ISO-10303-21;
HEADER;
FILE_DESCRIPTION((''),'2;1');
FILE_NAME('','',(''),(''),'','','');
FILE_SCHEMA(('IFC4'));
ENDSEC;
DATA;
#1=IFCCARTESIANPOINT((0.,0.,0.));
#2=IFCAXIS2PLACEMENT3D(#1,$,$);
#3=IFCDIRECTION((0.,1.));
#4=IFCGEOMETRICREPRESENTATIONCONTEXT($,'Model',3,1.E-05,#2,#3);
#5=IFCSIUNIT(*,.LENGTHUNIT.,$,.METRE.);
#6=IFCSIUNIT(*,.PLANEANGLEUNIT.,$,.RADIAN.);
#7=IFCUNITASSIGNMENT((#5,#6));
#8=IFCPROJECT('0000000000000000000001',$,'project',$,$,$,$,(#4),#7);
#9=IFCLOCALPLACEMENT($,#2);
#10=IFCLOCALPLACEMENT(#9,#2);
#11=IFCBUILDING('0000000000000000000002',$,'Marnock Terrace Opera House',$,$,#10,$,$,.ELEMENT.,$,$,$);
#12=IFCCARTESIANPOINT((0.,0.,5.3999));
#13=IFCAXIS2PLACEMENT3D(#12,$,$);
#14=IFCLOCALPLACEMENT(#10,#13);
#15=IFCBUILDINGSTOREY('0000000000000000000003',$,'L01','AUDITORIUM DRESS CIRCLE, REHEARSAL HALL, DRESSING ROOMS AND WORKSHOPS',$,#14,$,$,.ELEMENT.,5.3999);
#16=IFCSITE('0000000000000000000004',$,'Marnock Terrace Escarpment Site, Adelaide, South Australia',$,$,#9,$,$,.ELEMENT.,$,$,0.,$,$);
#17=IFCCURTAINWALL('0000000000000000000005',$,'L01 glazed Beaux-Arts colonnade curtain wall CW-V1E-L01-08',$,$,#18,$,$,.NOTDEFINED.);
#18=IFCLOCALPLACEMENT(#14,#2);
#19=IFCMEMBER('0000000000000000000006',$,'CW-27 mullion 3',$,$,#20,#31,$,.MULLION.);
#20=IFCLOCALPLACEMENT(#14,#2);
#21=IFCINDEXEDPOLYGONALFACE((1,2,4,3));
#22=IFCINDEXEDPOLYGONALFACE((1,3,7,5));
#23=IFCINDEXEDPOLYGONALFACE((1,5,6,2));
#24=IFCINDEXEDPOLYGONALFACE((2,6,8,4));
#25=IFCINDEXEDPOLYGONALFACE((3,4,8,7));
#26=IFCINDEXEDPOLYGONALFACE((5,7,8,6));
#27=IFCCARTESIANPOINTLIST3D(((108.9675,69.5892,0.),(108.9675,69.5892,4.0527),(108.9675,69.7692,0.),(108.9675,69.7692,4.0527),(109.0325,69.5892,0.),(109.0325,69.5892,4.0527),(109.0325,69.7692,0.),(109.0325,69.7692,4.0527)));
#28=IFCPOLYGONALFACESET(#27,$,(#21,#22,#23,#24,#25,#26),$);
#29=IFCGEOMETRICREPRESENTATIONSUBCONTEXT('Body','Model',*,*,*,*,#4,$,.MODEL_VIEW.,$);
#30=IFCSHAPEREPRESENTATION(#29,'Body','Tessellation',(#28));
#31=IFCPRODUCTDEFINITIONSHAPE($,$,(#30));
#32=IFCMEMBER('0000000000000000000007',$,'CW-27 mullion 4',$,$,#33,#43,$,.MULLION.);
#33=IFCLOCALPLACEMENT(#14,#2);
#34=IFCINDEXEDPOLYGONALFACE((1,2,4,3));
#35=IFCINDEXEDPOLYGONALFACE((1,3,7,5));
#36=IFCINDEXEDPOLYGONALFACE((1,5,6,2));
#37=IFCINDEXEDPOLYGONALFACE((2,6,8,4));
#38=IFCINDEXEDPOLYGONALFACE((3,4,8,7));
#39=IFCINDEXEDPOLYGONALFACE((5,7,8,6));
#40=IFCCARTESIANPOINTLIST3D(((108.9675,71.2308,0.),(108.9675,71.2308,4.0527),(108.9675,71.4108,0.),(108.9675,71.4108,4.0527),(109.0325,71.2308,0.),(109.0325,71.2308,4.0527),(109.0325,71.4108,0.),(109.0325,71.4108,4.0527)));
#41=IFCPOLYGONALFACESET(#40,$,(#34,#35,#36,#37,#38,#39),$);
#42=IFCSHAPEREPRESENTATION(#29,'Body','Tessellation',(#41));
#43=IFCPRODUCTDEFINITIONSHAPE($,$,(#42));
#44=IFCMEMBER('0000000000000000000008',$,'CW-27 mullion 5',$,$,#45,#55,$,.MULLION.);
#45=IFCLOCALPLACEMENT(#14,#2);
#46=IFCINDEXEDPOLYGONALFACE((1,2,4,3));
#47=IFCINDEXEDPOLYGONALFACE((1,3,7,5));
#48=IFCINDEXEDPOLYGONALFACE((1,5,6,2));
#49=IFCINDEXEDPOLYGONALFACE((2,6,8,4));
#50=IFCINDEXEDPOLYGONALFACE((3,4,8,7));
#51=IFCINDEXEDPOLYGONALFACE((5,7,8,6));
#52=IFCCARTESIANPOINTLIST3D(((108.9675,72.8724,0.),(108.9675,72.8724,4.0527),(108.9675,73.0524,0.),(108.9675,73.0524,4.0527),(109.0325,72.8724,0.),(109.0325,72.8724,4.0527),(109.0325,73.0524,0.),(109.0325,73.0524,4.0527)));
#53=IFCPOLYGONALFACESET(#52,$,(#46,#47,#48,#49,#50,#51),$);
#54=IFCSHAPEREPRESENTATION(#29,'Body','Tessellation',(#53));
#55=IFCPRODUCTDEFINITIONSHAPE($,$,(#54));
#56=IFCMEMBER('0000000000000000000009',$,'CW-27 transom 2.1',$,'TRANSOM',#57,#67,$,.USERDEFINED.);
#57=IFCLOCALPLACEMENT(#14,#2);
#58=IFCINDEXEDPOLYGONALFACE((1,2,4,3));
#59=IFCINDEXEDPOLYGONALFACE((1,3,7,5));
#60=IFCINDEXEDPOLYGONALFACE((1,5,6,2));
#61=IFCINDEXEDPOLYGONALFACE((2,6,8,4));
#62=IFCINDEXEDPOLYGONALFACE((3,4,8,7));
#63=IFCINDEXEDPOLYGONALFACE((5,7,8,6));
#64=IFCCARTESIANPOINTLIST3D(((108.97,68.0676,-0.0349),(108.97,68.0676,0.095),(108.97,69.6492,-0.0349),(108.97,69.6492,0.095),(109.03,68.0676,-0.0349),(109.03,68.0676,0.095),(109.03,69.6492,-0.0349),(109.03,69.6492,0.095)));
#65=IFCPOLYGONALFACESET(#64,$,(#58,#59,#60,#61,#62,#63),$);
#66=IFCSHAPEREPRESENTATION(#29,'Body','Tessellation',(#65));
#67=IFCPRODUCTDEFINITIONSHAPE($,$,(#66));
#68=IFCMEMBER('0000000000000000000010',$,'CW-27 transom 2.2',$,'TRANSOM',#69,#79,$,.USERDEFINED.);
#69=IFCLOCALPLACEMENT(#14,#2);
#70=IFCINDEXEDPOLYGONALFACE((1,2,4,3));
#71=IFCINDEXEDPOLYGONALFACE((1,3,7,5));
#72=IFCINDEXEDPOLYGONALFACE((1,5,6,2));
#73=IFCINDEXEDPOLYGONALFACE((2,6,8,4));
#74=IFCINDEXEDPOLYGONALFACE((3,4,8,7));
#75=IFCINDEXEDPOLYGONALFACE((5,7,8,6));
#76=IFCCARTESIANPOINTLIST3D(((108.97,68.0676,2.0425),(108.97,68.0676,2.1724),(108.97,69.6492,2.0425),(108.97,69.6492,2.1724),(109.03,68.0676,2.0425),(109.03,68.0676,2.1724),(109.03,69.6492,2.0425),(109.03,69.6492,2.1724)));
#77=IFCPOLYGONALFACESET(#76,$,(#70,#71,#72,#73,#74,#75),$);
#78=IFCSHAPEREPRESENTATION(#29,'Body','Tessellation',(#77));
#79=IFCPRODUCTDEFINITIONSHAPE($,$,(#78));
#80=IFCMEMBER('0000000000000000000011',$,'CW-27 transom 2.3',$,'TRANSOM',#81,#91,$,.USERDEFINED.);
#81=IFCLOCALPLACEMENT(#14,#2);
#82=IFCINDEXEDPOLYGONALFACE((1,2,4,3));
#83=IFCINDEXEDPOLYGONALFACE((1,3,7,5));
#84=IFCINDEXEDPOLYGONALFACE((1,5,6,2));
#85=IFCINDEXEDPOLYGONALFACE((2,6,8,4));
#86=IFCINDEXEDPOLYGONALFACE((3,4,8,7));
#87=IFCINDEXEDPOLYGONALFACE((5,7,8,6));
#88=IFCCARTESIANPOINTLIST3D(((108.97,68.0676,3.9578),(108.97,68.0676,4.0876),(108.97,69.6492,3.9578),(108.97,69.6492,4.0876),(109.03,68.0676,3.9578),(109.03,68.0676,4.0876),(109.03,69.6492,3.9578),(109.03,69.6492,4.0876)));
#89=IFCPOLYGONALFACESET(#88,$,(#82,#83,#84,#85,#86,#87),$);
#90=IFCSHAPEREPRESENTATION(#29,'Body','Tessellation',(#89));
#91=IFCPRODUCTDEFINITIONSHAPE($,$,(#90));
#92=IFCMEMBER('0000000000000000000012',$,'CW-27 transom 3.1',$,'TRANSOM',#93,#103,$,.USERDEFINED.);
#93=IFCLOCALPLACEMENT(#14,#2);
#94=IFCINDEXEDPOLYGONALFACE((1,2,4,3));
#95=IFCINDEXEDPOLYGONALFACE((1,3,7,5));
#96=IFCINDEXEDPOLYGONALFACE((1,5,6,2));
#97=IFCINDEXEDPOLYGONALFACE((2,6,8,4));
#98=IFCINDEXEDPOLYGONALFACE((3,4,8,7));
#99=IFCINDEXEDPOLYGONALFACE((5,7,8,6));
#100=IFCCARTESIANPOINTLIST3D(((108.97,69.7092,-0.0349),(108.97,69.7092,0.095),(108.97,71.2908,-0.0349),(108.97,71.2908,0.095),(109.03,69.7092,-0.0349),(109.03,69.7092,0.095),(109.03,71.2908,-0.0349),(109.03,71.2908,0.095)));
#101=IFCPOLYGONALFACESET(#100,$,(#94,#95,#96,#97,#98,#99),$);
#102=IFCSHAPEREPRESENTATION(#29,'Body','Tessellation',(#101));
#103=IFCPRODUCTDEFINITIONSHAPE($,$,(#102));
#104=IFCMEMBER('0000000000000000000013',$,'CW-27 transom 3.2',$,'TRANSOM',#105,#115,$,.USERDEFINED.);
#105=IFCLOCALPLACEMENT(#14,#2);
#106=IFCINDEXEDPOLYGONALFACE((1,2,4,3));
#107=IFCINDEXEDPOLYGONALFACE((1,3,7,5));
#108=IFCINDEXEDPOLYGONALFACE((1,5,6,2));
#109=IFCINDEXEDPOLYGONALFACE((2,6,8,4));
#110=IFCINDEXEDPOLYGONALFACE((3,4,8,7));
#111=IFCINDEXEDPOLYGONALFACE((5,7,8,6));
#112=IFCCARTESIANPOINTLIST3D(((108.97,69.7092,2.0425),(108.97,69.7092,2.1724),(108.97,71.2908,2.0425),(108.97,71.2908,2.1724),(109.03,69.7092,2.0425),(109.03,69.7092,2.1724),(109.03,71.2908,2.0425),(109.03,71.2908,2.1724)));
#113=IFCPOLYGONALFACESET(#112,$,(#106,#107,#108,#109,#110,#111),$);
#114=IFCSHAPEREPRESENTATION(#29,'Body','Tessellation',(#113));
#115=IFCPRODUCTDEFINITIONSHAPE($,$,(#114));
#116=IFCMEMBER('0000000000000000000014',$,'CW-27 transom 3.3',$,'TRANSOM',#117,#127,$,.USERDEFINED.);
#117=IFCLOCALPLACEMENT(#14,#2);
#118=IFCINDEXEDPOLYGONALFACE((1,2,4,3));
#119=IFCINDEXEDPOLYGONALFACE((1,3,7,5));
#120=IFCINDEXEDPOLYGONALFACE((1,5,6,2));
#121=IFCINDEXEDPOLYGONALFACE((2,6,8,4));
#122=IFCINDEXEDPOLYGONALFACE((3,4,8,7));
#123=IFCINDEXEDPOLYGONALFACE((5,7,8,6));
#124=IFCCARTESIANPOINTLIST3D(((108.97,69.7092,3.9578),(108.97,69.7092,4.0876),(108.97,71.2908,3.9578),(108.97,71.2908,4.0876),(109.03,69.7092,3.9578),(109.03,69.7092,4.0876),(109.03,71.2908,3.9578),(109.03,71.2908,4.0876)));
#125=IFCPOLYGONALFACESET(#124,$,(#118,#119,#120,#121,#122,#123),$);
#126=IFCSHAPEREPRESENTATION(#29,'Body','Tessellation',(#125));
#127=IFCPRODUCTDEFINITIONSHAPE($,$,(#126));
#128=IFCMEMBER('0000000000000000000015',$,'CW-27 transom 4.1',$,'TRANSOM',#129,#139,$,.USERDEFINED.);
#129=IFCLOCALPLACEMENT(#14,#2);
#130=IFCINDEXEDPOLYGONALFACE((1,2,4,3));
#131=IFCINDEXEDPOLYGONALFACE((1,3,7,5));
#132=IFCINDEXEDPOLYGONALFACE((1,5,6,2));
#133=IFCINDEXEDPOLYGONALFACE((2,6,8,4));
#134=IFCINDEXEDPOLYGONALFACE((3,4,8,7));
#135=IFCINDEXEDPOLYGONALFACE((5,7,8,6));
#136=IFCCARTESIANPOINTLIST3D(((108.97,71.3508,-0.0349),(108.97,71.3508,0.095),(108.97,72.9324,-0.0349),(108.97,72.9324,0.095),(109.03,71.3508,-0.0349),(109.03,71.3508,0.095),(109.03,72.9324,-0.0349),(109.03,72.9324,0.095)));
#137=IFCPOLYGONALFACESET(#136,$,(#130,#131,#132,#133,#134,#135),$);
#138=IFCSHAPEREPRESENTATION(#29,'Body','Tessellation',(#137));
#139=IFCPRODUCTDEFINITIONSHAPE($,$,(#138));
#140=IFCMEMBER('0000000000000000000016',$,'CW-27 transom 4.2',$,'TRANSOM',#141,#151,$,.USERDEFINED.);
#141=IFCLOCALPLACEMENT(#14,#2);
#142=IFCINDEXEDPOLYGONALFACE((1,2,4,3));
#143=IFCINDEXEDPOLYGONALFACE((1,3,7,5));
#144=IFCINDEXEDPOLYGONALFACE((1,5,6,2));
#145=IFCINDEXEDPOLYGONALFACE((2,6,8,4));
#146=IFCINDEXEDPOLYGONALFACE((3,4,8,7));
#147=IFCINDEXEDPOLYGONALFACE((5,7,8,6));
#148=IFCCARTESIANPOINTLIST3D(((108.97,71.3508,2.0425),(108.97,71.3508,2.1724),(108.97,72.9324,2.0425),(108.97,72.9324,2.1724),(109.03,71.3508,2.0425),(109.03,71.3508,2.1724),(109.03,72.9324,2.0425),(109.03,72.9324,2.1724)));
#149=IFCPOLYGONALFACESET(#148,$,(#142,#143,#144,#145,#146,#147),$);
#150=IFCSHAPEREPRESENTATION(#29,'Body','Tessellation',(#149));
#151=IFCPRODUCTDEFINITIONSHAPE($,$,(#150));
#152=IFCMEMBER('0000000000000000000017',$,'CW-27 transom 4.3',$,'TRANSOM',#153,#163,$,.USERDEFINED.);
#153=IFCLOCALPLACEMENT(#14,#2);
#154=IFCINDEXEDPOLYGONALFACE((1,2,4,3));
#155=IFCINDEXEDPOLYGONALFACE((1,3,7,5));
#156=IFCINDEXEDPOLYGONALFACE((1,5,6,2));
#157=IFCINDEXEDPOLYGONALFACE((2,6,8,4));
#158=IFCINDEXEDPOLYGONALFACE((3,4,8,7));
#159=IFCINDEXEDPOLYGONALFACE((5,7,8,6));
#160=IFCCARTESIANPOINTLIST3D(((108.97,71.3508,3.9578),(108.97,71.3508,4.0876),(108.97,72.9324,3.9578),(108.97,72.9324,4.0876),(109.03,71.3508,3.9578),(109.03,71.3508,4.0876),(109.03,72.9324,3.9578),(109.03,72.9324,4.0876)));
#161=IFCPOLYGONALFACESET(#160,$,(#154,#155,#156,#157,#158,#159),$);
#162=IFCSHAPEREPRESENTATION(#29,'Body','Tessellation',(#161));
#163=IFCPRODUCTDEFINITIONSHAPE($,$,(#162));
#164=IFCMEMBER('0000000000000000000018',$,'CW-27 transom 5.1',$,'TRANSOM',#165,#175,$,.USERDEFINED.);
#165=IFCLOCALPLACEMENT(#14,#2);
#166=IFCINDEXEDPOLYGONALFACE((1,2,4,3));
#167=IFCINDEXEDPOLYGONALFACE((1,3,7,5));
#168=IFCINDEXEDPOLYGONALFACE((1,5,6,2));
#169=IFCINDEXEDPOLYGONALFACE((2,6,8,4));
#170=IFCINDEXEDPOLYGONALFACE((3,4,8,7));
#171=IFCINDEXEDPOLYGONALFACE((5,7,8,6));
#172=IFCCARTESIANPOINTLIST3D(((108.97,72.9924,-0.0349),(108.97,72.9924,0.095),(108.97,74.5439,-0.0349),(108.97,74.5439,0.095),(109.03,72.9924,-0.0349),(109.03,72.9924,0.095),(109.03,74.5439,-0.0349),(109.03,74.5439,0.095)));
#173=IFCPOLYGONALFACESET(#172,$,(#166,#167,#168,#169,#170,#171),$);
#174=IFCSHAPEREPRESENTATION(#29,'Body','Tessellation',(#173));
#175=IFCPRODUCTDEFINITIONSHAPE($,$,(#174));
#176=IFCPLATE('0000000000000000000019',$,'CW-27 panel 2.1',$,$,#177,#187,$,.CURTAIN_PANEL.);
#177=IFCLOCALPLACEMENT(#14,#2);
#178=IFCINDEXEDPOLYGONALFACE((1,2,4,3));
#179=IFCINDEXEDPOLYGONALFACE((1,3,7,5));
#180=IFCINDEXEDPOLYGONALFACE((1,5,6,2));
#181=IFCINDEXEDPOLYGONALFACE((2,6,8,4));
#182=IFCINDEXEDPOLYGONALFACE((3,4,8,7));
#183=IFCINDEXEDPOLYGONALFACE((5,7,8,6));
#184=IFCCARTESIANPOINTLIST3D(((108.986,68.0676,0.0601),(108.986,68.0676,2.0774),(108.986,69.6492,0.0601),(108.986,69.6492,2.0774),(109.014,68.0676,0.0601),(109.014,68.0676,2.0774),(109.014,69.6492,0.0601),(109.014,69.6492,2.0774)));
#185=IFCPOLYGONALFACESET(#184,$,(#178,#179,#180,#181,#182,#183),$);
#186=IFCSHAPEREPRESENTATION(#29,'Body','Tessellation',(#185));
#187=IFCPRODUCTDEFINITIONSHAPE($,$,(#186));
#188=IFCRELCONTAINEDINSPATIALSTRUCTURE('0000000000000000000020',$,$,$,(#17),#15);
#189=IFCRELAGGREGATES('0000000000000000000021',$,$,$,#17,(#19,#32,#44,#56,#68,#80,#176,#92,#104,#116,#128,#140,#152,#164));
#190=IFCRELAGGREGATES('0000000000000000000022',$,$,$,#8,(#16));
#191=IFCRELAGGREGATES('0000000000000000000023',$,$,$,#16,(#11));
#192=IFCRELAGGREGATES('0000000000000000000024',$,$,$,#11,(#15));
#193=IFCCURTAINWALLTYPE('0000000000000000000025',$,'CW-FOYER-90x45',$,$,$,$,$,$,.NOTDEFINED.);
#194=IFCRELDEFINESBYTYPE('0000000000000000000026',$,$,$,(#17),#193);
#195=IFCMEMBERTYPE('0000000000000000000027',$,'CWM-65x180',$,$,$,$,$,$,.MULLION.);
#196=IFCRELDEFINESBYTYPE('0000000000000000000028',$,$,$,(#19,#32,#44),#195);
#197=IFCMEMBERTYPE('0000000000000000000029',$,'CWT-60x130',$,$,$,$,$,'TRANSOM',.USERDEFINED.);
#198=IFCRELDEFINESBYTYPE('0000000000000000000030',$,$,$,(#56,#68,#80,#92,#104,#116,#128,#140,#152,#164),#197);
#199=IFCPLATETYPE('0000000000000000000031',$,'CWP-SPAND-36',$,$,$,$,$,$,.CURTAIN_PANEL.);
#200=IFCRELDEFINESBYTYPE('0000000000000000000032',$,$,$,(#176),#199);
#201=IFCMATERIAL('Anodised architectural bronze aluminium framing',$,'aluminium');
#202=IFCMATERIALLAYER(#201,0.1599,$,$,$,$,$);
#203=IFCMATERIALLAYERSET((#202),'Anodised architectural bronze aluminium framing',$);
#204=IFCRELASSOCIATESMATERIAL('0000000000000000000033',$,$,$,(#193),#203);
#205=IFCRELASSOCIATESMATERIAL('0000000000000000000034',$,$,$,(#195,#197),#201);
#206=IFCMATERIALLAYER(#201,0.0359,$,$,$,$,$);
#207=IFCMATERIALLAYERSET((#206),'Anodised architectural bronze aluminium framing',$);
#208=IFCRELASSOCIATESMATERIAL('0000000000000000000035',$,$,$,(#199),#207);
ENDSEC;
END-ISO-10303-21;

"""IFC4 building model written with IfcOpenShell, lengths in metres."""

from ifc_helpers import new_model, si_unit, direction, frame, origin, origin_2d, place, context, subcontext, project, spatial, rectangle, extrude, material, layer, layer_set, material_profile, profile_set, type_object, element, aggregate, save


model = new_model("IFC4")

# Units and contexts
model_context = context("Model", 3, precision=1e-05, world=origin(), true_north=direction((0.0, 1.0)))
body_context = subcontext(model_context, "Body", "Model", "MODEL_VIEW")
ifc_project = project(units=[si_unit("LENGTHUNIT", "METRE"), si_unit("PLANEANGLEUNIT", "RADIAN")], contexts=[model_context])

# Site, building, storey
site_placement = place(None, origin())
site = spatial("IfcSite", under=ifc_project, at=site_placement, Name="Marnock Terrace Escarpment Site, Adelaide, South Australia", CompositionType="ELEMENT", RefElevation=0.0)
building_placement = place(site_placement, origin())
building = spatial("IfcBuilding", under=site, at=building_placement, Name="Marnock Terrace Opera House", CompositionType="ELEMENT")
storey_placement = place(building_placement, frame((0.0, 0.0, 5.3999)))
storey = spatial("IfcBuildingStorey", under=building, at=storey_placement, Name="L01", Description="AUDITORIUM DRESS CIRCLE, REHEARSAL HALL, DRESSING ROOMS AND WORKSHOPS", CompositionType="ELEMENT", Elevation=5.3999)

# Curtain wall, members, plate
ifc_material = material(Name="Anodised architectural bronze aluminium framing", Category="aluminium")
ifc_layer_1 = layer(ifc_material, 0.1599)
ifc_layer_set_1 = layer_set([ifc_layer_1], Name="Anodised architectural bronze aluminium framing")
curtain_wall_type = type_object("IfcCurtainWallType", Name="CW-FOYER-90x45", PredefinedType="NOTDEFINED", material=ifc_layer_set_1)
curtain_wall_placement = place(storey_placement, origin())
curtain_wall = element("IfcCurtainWall", 1, at=curtain_wall_placement, inside=storey, type_object=curtain_wall_type, Name="L01 glazed Beaux-Arts colonnade curtain wall CW-V1E-L01-08", PredefinedType="NOTDEFINED")
ifc_material_profile_1 = material_profile(ifc_material, rectangle(XDim=0.0649, YDim=0.1799, at=origin_2d()))
ifc_profile_set_1 = profile_set([ifc_material_profile_1], Name="Anodised architectural bronze aluminium framing")
member_type_1 = type_object("IfcMemberType", Name="CWM-65x180", PredefinedType="MULLION", material=ifc_profile_set_1)
member_1_placement = place(storey_placement, frame((109.0, 69.6792, 0.0), z_axis=(0.0, 0.0, 1.0), x_axis=(-1.0, 0.0, 0.0)))
member_1 = element("IfcMember", 2, at=member_1_placement, type_object=member_type_1, Name="CW-27 mullion 3", PredefinedType="MULLION", context=body_context, shape_type="SweptSolid", body=[
    extrude(rectangle(XDim=0.0649, YDim=0.1799, at=origin_2d()), origin(), (0.0, 0.0, 1.0), 4.0527),
])
member_2_placement = place(storey_placement, frame((109.0, 71.3208, 0.0), z_axis=(0.0, 0.0, 1.0), x_axis=(-1.0, 0.0, 0.0)))
member_2 = element("IfcMember", 3, at=member_2_placement, type_object=member_type_1, Name="CW-27 mullion 4", PredefinedType="MULLION", context=body_context, shape_type="SweptSolid", body=[
    extrude(rectangle(XDim=0.0649, YDim=0.1799, at=origin_2d()), origin(), (0.0, 0.0, 1.0), 4.0527),
])
member_3_placement = place(storey_placement, frame((109.0, 72.9624, 0.0), z_axis=(0.0, 0.0, 1.0), x_axis=(-1.0, 0.0, 0.0)))
member_3 = element("IfcMember", 4, at=member_3_placement, type_object=member_type_1, Name="CW-27 mullion 5", PredefinedType="MULLION", context=body_context, shape_type="SweptSolid", body=[
    extrude(rectangle(XDim=0.0649, YDim=0.1799, at=origin_2d()), origin(), (0.0, 0.0, 1.0), 4.0527),
])
ifc_material_profile_2 = material_profile(ifc_material, rectangle(XDim=0.0601, YDim=0.1299, at=origin_2d()))
ifc_profile_set_2 = profile_set([ifc_material_profile_2], Name="Anodised architectural bronze aluminium framing")
member_type_2 = type_object("IfcMemberType", Name="CWT-60x130", ElementType="TRANSOM", PredefinedType="USERDEFINED", material=ifc_profile_set_2)
member_4_placement = place(storey_placement, frame((109.0, 68.0676, 0.03), z_axis=(0.0, 1.0, 0.0), x_axis=(-1.0, 0.0, 0.0)))
member_4 = element("IfcMember", 5, at=member_4_placement, type_object=member_type_2, Name="CW-27 transom 2.1", ObjectType="TRANSOM", PredefinedType="USERDEFINED", context=body_context, shape_type="SweptSolid", body=[
    extrude(rectangle(XDim=0.0601, YDim=0.1299, at=origin_2d()), origin(), (0.0, 0.0, 1.0), 1.5815),
])
member_5_placement = place(storey_placement, frame((109.0, 68.0676, 2.1074), z_axis=(0.0, 1.0, 0.0), x_axis=(-1.0, 0.0, 0.0)))
member_5 = element("IfcMember", 6, at=member_5_placement, type_object=member_type_2, Name="CW-27 transom 2.2", ObjectType="TRANSOM", PredefinedType="USERDEFINED", context=body_context, shape_type="SweptSolid", body=[
    extrude(rectangle(XDim=0.0601, YDim=0.1299, at=origin_2d()), origin(), (0.0, 0.0, 1.0), 1.5815),
])
member_6_placement = place(storey_placement, frame((109.0, 68.0676, 4.0227), z_axis=(0.0, 1.0, 0.0), x_axis=(-1.0, 0.0, 0.0)))
member_6 = element("IfcMember", 7, at=member_6_placement, type_object=member_type_2, Name="CW-27 transom 2.3", ObjectType="TRANSOM", PredefinedType="USERDEFINED", context=body_context, shape_type="SweptSolid", body=[
    extrude(rectangle(XDim=0.0601, YDim=0.1299, at=origin_2d()), origin(), (0.0, 0.0, 1.0), 1.5815),
])
member_7_placement = place(storey_placement, frame((109.0, 69.7092, 0.03), z_axis=(0.0, 1.0, 0.0), x_axis=(-1.0, 0.0, 0.0)))
member_7 = element("IfcMember", 8, at=member_7_placement, type_object=member_type_2, Name="CW-27 transom 3.1", ObjectType="TRANSOM", PredefinedType="USERDEFINED", context=body_context, shape_type="SweptSolid", body=[
    extrude(rectangle(XDim=0.0601, YDim=0.1299, at=origin_2d()), origin(), (0.0, 0.0, 1.0), 1.5815),
])
member_8_placement = place(storey_placement, frame((109.0, 69.7092, 2.1074), z_axis=(0.0, 1.0, 0.0), x_axis=(-1.0, 0.0, 0.0)))
member_8 = element("IfcMember", 9, at=member_8_placement, type_object=member_type_2, Name="CW-27 transom 3.2", ObjectType="TRANSOM", PredefinedType="USERDEFINED", context=body_context, shape_type="SweptSolid", body=[
    extrude(rectangle(XDim=0.0601, YDim=0.1299, at=origin_2d()), origin(), (0.0, 0.0, 1.0), 1.5815),
])
member_9_placement = place(storey_placement, frame((109.0, 69.7092, 4.0227), z_axis=(0.0, 1.0, 0.0), x_axis=(-1.0, 0.0, 0.0)))
member_9 = element("IfcMember", 10, at=member_9_placement, type_object=member_type_2, Name="CW-27 transom 3.3", ObjectType="TRANSOM", PredefinedType="USERDEFINED", context=body_context, shape_type="SweptSolid", body=[
    extrude(rectangle(XDim=0.0601, YDim=0.1299, at=origin_2d()), origin(), (0.0, 0.0, 1.0), 1.5815),
])
member_10_placement = place(storey_placement, frame((109.0, 71.3508, 0.03), z_axis=(0.0, 1.0, 0.0), x_axis=(-1.0, 0.0, 0.0)))
member_10 = element("IfcMember", 11, at=member_10_placement, type_object=member_type_2, Name="CW-27 transom 4.1", ObjectType="TRANSOM", PredefinedType="USERDEFINED", context=body_context, shape_type="SweptSolid", body=[
    extrude(rectangle(XDim=0.0601, YDim=0.1299, at=origin_2d()), origin(), (0.0, 0.0, 1.0), 1.5815),
])
member_11_placement = place(storey_placement, frame((109.0, 71.3508, 2.1074), z_axis=(0.0, 1.0, 0.0), x_axis=(-1.0, 0.0, 0.0)))
member_11 = element("IfcMember", 12, at=member_11_placement, type_object=member_type_2, Name="CW-27 transom 4.2", ObjectType="TRANSOM", PredefinedType="USERDEFINED", context=body_context, shape_type="SweptSolid", body=[
    extrude(rectangle(XDim=0.0601, YDim=0.1299, at=origin_2d()), origin(), (0.0, 0.0, 1.0), 1.5815),
])
member_12_placement = place(storey_placement, frame((109.0, 71.3508, 4.0227), z_axis=(0.0, 1.0, 0.0), x_axis=(-1.0, 0.0, 0.0)))
member_12 = element("IfcMember", 13, at=member_12_placement, type_object=member_type_2, Name="CW-27 transom 4.3", ObjectType="TRANSOM", PredefinedType="USERDEFINED", context=body_context, shape_type="SweptSolid", body=[
    extrude(rectangle(XDim=0.0601, YDim=0.1299, at=origin_2d()), origin(), (0.0, 0.0, 1.0), 1.5815),
])
member_13_placement = place(storey_placement, frame((109.0, 72.9924, 0.03), z_axis=(0.0, 1.0, 0.0), x_axis=(-1.0, 0.0, 0.0)))
member_13 = element("IfcMember", 14, at=member_13_placement, type_object=member_type_2, Name="CW-27 transom 5.1", ObjectType="TRANSOM", PredefinedType="USERDEFINED", context=body_context, shape_type="SweptSolid", body=[
    extrude(rectangle(XDim=0.0601, YDim=0.1299, at=origin_2d()), origin(), (0.0, 0.0, 1.0), 1.5515),
])
ifc_layer_2 = layer(ifc_material, 0.0359)
ifc_layer_set_2 = layer_set([ifc_layer_2], Name="Anodised architectural bronze aluminium framing")
plate_type = type_object("IfcPlateType", Name="CWP-SPAND-36", PredefinedType="CURTAIN_PANEL", material=ifc_layer_set_2)
plate_1_placement = place(storey_placement, frame((109.0, 68.8584, 0.0601), z_axis=(0.0, 0.0, 1.0), x_axis=(0.0, 1.0, 0.0)))
plate_1 = element("IfcPlate", 15, at=plate_1_placement, type_object=plate_type, Name="CW-27 panel 2.1", PredefinedType="CURTAIN_PANEL", context=body_context, shape_type="SweptSolid", body=[
    extrude(rectangle(XDim=1.5815, YDim=0.0281, at=origin_2d()), origin(), (0.0, 0.0, 1.0), 2.0173),
])
aggregate(curtain_wall, [member_1, member_2, member_3, member_4, member_5, member_6, plate_1, member_7, member_8, member_9, member_10, member_11, member_12, member_13])

save(model, "model.ifc")
